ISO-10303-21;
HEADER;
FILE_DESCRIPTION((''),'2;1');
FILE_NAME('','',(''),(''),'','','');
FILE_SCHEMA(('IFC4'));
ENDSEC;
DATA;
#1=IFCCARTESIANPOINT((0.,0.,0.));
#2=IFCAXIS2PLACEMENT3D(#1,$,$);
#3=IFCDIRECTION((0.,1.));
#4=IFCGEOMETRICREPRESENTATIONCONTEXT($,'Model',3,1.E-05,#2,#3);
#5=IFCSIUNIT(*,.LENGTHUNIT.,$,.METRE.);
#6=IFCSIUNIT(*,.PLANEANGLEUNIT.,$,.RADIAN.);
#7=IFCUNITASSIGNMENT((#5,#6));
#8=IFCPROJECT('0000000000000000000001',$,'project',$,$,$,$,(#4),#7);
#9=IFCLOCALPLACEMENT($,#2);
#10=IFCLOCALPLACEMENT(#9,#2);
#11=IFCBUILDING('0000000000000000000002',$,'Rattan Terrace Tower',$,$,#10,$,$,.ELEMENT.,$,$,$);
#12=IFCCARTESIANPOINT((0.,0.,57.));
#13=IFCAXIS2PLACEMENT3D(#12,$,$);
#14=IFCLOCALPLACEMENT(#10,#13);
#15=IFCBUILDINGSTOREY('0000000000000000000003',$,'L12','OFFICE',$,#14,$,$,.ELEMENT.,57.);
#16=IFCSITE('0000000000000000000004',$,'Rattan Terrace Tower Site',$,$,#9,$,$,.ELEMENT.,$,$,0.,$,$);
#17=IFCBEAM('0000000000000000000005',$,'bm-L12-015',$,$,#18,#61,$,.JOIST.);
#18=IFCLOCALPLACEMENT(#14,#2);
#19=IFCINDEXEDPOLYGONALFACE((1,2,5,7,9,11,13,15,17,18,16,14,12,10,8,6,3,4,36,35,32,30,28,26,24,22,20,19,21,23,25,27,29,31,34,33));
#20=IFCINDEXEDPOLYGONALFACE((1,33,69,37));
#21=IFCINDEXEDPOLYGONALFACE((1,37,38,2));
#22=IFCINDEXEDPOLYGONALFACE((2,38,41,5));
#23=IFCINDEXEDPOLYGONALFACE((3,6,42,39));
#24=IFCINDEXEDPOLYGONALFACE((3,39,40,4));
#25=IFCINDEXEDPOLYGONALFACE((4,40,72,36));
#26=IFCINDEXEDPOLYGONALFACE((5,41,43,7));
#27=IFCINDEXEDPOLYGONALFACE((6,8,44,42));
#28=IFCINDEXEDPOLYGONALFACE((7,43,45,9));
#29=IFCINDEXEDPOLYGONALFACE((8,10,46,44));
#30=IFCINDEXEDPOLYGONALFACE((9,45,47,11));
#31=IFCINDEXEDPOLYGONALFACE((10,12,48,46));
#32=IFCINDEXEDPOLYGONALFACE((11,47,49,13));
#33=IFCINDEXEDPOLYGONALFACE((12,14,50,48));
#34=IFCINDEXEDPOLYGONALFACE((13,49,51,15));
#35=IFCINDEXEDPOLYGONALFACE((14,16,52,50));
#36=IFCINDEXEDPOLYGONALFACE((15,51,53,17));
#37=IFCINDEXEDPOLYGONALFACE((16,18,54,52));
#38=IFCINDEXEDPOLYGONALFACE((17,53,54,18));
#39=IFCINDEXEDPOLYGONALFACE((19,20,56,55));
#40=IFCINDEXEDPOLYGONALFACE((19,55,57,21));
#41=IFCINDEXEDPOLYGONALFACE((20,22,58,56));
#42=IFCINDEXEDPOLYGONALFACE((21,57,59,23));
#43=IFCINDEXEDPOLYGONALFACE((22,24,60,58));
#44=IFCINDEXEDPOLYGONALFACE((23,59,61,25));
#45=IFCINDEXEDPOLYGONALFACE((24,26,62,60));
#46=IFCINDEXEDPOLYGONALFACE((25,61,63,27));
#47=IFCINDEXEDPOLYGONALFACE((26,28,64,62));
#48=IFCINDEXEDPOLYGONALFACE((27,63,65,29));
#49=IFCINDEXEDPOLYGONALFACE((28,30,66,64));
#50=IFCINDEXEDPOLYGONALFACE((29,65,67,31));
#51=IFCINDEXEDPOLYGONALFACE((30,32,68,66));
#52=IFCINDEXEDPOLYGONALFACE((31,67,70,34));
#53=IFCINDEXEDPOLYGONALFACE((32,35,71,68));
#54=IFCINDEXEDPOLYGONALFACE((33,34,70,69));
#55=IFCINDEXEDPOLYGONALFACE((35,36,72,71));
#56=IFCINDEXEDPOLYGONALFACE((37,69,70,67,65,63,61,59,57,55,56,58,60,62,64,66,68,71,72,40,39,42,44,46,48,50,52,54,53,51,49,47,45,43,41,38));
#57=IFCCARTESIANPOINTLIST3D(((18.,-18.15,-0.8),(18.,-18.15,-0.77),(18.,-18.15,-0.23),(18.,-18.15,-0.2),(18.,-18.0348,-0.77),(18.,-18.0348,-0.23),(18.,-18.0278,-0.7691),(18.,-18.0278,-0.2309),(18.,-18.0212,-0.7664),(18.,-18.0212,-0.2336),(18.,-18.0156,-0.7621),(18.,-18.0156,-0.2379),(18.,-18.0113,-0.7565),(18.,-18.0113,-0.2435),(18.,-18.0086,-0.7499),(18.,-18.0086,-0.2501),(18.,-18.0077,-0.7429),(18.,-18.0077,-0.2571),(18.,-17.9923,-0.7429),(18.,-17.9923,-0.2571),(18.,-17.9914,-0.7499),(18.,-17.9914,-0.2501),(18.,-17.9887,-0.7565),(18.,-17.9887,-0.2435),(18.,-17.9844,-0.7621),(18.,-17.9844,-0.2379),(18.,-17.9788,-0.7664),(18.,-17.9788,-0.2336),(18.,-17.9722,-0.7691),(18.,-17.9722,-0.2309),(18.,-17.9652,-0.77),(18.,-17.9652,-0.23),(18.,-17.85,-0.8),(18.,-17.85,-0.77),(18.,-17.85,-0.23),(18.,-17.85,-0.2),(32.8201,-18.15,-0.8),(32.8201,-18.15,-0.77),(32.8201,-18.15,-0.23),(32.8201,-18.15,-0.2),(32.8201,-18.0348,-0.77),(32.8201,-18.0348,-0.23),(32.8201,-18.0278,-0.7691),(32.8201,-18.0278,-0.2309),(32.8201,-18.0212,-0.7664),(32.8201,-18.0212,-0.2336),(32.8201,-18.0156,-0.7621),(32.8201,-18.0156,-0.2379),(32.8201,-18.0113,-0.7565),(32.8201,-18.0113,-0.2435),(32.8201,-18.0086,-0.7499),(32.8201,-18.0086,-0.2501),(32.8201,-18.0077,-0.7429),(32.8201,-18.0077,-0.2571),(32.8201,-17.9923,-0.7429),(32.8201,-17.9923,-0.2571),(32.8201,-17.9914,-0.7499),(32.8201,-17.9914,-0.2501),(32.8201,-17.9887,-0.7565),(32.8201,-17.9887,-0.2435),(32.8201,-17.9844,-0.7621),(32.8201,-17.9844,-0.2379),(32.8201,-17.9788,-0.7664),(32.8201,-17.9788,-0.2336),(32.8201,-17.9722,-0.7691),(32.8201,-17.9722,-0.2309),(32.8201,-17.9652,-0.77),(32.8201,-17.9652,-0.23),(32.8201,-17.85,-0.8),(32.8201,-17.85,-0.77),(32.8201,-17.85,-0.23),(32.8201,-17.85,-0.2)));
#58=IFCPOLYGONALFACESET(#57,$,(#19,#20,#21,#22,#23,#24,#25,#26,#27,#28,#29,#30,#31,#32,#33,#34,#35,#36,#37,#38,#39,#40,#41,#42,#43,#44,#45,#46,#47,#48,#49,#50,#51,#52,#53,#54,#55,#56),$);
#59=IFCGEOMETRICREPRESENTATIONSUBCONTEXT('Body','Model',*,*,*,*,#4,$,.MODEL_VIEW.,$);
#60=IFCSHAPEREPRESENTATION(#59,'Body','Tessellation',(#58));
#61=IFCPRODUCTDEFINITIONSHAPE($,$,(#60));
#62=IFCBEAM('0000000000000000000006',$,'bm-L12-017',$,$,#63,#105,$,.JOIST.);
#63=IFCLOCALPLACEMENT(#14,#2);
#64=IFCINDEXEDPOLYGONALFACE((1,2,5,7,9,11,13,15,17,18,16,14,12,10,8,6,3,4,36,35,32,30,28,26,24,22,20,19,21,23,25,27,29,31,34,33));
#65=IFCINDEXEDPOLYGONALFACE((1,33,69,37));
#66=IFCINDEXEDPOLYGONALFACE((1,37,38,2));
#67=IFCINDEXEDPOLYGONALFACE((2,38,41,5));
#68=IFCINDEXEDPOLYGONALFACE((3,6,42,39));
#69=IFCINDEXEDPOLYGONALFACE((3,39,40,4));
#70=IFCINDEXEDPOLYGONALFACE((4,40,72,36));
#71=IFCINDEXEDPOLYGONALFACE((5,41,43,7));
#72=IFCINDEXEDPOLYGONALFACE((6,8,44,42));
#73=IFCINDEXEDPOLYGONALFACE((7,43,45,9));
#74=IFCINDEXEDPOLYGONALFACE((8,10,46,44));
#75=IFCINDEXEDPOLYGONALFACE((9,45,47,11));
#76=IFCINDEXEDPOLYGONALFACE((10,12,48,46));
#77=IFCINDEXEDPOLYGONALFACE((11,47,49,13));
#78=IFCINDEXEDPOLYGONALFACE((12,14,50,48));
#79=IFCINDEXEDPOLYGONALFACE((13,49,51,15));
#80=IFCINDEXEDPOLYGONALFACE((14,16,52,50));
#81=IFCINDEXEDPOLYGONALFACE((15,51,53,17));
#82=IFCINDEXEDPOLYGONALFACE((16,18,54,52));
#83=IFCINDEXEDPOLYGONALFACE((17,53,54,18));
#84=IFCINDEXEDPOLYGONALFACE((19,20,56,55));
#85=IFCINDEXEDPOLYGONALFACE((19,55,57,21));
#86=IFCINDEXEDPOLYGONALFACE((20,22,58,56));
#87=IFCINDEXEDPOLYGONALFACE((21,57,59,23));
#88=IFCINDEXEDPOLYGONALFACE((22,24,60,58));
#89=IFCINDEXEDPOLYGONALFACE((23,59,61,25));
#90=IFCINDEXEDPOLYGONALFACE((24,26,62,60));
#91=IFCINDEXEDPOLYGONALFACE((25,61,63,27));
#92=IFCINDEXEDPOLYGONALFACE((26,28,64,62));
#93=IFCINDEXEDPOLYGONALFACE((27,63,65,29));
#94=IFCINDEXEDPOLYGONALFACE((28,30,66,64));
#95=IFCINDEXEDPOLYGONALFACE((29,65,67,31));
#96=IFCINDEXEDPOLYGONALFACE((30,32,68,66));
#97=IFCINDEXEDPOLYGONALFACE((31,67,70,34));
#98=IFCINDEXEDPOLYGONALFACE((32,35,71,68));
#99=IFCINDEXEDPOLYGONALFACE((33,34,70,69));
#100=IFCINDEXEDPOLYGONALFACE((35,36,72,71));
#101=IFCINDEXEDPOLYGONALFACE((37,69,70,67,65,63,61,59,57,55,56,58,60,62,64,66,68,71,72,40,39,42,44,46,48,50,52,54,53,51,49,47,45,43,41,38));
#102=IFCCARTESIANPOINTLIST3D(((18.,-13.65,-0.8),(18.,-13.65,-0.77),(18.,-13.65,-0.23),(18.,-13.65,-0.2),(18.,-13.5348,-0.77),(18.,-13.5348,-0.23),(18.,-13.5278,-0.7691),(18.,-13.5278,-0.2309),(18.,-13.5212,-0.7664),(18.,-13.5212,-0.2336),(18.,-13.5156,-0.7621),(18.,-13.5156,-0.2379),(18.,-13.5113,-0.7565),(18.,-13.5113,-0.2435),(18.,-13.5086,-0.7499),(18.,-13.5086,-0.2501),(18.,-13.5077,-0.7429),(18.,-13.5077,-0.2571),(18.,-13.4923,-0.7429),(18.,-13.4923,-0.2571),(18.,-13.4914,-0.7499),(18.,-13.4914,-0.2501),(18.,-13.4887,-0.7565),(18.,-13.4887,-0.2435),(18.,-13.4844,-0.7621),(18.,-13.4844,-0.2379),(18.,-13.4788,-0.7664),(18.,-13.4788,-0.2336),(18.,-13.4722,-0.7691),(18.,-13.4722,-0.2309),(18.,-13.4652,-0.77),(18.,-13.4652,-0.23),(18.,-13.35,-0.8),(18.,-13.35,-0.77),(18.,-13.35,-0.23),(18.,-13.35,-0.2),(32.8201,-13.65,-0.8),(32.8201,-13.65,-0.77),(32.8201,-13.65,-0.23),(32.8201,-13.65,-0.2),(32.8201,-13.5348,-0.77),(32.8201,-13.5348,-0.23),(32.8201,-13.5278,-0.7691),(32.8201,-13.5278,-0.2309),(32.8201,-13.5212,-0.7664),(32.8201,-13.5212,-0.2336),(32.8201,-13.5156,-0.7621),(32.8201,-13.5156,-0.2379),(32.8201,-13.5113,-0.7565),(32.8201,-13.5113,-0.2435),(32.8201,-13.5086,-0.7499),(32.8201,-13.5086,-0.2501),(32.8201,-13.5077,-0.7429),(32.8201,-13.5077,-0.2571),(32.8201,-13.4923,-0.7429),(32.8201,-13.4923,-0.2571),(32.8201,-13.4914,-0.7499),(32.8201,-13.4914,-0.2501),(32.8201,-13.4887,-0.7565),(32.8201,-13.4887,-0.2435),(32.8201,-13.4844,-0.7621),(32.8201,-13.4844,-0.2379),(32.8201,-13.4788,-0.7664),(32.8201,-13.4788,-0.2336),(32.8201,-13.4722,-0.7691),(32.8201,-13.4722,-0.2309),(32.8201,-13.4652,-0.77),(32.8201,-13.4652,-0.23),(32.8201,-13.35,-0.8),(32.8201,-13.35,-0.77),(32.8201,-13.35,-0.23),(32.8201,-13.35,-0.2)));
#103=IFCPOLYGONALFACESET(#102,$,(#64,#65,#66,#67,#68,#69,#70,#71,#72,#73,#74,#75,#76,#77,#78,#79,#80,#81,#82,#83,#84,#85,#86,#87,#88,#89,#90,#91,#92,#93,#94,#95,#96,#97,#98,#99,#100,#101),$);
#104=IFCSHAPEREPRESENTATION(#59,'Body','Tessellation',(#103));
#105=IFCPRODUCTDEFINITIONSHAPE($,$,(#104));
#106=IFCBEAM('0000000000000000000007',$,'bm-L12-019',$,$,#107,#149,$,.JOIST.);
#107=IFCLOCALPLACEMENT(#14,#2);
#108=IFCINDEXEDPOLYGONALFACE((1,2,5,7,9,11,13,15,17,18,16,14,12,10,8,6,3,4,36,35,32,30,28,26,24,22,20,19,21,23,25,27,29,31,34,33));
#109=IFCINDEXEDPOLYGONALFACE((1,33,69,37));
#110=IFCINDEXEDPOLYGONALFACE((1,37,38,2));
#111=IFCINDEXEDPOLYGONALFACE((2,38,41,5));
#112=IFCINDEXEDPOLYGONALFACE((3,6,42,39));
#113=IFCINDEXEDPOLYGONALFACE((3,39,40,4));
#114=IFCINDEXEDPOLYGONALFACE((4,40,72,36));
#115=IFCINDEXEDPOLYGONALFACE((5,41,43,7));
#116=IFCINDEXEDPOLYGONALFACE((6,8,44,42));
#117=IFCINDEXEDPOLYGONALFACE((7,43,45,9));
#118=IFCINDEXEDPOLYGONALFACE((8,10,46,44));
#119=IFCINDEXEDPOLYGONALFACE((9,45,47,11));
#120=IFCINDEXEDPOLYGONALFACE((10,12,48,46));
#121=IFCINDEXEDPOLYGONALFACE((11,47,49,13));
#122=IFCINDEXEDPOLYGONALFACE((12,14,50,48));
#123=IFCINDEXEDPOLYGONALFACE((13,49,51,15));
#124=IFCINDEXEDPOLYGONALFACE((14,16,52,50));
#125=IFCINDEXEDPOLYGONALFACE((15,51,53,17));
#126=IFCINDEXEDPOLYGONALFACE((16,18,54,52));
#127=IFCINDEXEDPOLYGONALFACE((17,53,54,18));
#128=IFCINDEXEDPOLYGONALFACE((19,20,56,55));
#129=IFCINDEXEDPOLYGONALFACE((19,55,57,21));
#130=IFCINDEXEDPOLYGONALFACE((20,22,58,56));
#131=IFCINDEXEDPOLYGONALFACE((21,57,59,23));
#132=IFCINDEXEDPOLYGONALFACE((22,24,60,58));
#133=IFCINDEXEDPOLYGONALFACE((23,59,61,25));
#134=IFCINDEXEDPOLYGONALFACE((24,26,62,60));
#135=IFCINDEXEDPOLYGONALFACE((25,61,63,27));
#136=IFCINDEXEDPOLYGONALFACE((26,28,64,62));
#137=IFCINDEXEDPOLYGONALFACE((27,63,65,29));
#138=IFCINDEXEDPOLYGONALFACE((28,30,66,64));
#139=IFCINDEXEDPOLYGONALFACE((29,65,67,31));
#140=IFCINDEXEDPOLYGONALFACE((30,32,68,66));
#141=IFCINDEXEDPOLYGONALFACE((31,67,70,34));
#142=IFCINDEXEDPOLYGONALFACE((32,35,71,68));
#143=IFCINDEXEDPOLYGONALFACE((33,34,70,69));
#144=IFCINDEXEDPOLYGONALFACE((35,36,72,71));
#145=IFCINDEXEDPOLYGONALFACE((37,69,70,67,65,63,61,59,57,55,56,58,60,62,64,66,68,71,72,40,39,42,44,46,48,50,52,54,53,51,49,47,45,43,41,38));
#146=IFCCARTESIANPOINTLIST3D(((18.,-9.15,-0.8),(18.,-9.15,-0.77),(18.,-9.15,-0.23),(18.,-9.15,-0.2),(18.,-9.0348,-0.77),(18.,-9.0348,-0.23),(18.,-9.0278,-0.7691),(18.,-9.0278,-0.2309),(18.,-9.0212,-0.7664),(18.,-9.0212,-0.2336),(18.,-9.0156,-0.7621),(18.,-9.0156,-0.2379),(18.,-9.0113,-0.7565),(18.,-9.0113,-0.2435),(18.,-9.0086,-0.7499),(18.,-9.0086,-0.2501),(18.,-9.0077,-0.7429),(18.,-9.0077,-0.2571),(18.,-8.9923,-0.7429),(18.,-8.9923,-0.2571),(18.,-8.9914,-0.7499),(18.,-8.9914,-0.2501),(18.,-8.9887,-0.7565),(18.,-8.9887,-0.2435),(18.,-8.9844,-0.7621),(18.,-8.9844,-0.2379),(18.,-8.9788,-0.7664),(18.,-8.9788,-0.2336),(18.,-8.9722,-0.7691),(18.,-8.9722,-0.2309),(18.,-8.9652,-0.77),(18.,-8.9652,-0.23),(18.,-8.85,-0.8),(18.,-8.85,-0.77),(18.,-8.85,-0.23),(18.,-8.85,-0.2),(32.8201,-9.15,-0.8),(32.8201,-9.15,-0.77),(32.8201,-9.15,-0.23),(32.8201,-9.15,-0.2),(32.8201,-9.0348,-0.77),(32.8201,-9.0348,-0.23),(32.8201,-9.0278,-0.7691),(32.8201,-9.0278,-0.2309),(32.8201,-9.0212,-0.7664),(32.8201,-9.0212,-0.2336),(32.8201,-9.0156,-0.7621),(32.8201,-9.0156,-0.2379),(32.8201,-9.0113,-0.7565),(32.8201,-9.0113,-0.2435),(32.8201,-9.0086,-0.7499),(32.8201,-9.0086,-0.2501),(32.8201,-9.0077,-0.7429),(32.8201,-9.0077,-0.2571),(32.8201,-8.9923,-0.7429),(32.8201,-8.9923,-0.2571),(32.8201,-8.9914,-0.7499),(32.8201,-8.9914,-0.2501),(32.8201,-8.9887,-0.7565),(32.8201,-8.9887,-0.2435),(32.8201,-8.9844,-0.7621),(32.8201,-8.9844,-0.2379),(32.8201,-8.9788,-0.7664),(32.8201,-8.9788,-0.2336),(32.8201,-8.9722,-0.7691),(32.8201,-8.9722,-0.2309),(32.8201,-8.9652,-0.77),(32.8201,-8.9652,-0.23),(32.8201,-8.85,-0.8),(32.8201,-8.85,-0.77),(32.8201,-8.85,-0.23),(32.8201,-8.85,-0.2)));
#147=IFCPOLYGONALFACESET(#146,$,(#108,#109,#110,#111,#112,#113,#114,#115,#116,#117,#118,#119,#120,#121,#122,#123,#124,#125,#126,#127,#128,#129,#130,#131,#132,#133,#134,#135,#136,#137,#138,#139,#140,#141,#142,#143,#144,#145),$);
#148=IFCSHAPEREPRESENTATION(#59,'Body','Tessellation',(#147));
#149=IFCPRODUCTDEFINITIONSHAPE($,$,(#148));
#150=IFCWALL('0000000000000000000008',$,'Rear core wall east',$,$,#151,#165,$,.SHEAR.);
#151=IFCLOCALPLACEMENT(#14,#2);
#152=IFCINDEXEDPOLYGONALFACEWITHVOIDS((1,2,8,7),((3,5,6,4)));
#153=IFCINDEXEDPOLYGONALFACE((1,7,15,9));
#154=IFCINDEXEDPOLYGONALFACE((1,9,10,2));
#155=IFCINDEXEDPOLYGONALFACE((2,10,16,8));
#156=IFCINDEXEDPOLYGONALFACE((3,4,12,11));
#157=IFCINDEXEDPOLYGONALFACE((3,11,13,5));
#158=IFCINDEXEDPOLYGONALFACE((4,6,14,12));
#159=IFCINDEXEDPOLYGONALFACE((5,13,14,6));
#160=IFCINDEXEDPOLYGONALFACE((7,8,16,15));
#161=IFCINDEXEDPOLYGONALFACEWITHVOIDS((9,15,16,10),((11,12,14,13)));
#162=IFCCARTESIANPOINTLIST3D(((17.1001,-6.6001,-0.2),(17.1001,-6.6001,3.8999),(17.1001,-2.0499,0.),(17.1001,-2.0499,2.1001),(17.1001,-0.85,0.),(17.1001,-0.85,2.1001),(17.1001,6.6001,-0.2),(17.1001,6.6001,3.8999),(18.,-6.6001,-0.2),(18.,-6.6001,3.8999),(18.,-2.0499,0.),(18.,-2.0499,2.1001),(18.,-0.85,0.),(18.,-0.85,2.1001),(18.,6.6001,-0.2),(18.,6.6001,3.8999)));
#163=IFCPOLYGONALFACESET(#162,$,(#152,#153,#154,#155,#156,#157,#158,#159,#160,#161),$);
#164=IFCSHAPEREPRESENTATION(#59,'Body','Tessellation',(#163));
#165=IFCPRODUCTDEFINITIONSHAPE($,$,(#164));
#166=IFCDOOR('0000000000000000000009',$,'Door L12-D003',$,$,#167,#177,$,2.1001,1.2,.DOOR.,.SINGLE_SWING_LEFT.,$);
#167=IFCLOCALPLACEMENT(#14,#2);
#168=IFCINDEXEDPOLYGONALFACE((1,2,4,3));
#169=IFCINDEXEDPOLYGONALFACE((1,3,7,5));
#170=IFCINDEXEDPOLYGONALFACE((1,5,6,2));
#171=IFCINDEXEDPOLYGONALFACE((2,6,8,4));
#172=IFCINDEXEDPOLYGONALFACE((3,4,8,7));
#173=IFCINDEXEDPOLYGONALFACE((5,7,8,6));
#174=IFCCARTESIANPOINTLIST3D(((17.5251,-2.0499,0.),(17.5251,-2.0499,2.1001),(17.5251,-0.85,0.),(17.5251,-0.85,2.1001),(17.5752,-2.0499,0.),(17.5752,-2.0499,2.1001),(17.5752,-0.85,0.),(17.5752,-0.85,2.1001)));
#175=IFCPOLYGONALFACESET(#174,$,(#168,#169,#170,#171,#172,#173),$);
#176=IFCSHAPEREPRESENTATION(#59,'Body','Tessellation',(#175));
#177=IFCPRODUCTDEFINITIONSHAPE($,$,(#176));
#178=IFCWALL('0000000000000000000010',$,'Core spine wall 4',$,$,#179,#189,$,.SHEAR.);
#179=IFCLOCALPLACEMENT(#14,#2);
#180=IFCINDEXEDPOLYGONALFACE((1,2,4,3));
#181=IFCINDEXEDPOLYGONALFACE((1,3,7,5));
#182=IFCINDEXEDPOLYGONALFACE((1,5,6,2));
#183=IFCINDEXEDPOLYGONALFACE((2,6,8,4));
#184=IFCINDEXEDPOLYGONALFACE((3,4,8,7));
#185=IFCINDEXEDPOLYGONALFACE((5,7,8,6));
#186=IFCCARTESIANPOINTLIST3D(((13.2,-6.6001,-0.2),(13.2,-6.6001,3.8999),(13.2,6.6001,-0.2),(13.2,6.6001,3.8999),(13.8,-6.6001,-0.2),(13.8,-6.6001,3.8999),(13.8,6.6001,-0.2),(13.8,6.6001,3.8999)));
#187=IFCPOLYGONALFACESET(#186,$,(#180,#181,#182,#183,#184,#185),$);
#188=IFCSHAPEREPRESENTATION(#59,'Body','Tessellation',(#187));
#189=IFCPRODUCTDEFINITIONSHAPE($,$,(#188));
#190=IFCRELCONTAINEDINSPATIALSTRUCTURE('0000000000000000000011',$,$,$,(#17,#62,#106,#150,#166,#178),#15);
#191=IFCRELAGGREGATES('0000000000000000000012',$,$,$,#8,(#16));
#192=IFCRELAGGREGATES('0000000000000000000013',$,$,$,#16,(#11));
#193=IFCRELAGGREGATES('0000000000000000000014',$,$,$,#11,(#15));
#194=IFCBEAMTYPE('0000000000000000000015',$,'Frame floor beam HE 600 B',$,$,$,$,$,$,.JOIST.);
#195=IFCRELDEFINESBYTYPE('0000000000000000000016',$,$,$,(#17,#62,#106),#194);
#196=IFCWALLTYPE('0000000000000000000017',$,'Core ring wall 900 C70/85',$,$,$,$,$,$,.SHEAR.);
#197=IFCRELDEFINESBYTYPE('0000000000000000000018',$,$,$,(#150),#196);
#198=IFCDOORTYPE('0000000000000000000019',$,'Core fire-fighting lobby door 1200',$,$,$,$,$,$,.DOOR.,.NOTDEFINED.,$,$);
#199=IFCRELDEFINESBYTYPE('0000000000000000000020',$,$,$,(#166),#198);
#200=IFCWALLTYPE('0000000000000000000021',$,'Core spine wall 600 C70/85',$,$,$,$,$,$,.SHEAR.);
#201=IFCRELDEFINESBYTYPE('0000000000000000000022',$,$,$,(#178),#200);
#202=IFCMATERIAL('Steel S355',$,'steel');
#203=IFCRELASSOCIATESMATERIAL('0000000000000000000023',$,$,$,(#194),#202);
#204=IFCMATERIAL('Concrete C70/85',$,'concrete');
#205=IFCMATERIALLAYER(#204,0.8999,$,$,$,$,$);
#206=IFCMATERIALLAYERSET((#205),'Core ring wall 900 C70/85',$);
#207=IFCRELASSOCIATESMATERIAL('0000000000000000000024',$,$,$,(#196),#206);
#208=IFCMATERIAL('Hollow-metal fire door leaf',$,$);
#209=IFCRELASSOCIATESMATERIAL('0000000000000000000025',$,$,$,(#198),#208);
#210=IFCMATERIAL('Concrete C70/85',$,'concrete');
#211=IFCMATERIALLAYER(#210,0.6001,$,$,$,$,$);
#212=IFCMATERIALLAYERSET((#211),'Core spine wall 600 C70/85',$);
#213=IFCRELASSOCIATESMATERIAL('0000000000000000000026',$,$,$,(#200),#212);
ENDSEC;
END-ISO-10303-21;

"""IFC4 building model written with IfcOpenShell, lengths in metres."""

from ifc_helpers import new_model, si_unit, direction, frame, frame_2d, origin, origin_2d, place, context, subcontext, project, spatial, rectangle, i_section, extrude, material, layer, layer_set, material_profile, profile_set, type_object, element, fill, save


model = new_model("IFC4")

# Units and contexts
model_context = context("Model", 3, precision=1e-05, world=origin(), true_north=direction((0.0, 1.0)))
body_context = subcontext(model_context, "Body", "Model", "MODEL_VIEW")
ifc_project = project(units=[si_unit("LENGTHUNIT", "METRE"), si_unit("PLANEANGLEUNIT", "RADIAN")], contexts=[model_context])

# Site, building, storey
site_placement = place(None, origin())
site = spatial("IfcSite", under=ifc_project, at=site_placement, Name="Rattan Terrace Tower Site", CompositionType="ELEMENT", RefElevation=0.0)
building_placement = place(site_placement, origin())
building = spatial("IfcBuilding", under=site, at=building_placement, Name="Rattan Terrace Tower", CompositionType="ELEMENT")
storey_placement = place(building_placement, frame((0.0, 0.0, 57.0)))
storey = spatial("IfcBuildingStorey", under=building, at=storey_placement, Name="L12", Description="OFFICE", CompositionType="ELEMENT", Elevation=57.0)

# Beams
ifc_material_1 = material(Name="Steel S355", Category="steel")
ifc_material_profile = material_profile(ifc_material_1, i_section(OverallWidth=0.3, OverallDepth=0.6001, WebThickness=0.0154, FlangeThickness=0.03, FilletRadius=0.0271, at=origin_2d()), Name="HE 600 B")
ifc_profile_set = profile_set([ifc_material_profile], Name="Steel S355")
beam_type = type_object("IfcBeamType", Name="Frame floor beam HE 600 B", PredefinedType="JOIST", material=ifc_profile_set)
for number, where, z_axis, x_axis, name in (
    (1, (18.0, -18.0, -0.5), (1.0, 0.0, 0.0), (0.0, 1.0, 0.0), "bm-L12-015"),
    (2, (18.0, -13.5, -0.5), (1.0, 0.0, 0.0), (0.0, 1.0, 0.0), "bm-L12-017"),
    (3, (18.0, -9.0, -0.5), (1.0, 0.0, 0.0), (0.0, 1.0, 0.0), "bm-L12-019"),
):
    element("IfcBeam", number, at=place(storey_placement, frame(where, z_axis=z_axis, x_axis=x_axis)), inside=storey, type_object=beam_type, Name=name, PredefinedType="JOIST", context=body_context, shape_type="SweptSolid", body=[
        extrude(i_section(OverallWidth=0.3, OverallDepth=0.6001, WebThickness=0.0154, FlangeThickness=0.03, FilletRadius=0.0271, at=origin_2d()), origin(), (0.0, 0.0, 1.0), 14.8201),
    ])

# Wall, opening, door
ifc_material_2 = material(Name="Concrete C70/85", Category="concrete")
ifc_layer_1 = layer(ifc_material_2, 0.8999)
ifc_layer_set_1 = layer_set([ifc_layer_1], Name="Core ring wall 900 C70/85")
wall_type_1 = type_object("IfcWallType", Name="Core ring wall 900 C70/85", PredefinedType="SHEAR", material=ifc_layer_set_1)
wall_1_placement = place(storey_placement, frame((17.55, -6.6001, -0.2), z_axis=(0.0, 0.0, 1.0), x_axis=(0.0, 1.0, 0.0)))
wall_1 = element("IfcWall", 4, at=wall_1_placement, inside=storey, type_object=wall_type_1, Name="Rear core wall east", PredefinedType="SHEAR", context=body_context, shape_type="SweptSolid", body=[
    extrude(rectangle(XDim=13.2002, YDim=0.8999, at=frame_2d((6.6001, 0.0))), origin(), (0.0, 0.0, 1.0), 4.0999),
])
opening_1_placement = place(wall_1_placement, frame((4.55, 0.0, 0.2)))
opening_1 = element("IfcOpeningElement", 5, at=opening_1_placement, cuts=wall_1, PredefinedType="OPENING", context=body_context, shape_type="SweptSolid", body=[
    extrude(rectangle(XDim=1.2, YDim=2.1001, at=frame_2d((0.6001, 1.05))), frame((0.0, 0.4604, 0.0), z_axis=(0.0, -1.0, 0.0), x_axis=(1.0, 0.0, 0.0)), (0.0, 0.0, 1.0), 0.9209),
])
ifc_material_3 = material(Name="Hollow-metal fire door leaf")
door_type_1 = type_object("IfcDoorType", Name="Core fire-fighting lobby door 1200", OperationType="NOTDEFINED", PredefinedType="DOOR", material=ifc_material_3)
door_1_placement = place(opening_1_placement, origin())
door_1 = element("IfcDoor", 6, at=door_1_placement, inside=storey, type_object=door_type_1, Name="Door L12-D003", OperationType="SINGLE_SWING_LEFT", OverallHeight=2.1001, OverallWidth=1.2, PredefinedType="DOOR", context=body_context, shape_type="SweptSolid", body=[
    extrude(rectangle(XDim=1.2, YDim=2.1001, at=frame_2d((0.6001, 1.05))), frame((0.0, 0.0249, 0.0), z_axis=(0.0, -1.0, 0.0), x_axis=(1.0, 0.0, 0.0)), (0.0, 0.0, 1.0), 0.05),
])
fill(opening_1, door_1)

# Wall
ifc_material_4 = material(Name="Concrete C70/85", Category="concrete")
ifc_layer_2 = layer(ifc_material_4, 0.6001)
ifc_layer_set_2 = layer_set([ifc_layer_2], Name="Core spine wall 600 C70/85")
wall_type_2 = type_object("IfcWallType", Name="Core spine wall 600 C70/85", PredefinedType="SHEAR", material=ifc_layer_set_2)
wall_2_placement = place(storey_placement, frame((13.5, -6.6001, -0.2), z_axis=(0.0, 0.0, 1.0), x_axis=(0.0, 1.0, 0.0)))
element("IfcWall", 7, at=wall_2_placement, inside=storey, type_object=wall_type_2, Name="Core spine wall 4", PredefinedType="SHEAR", context=body_context, shape_type="SweptSolid", body=[
    extrude(rectangle(XDim=13.2002, YDim=0.6001, at=frame_2d((6.6001, 0.0))), origin(), (0.0, 0.0, 1.0), 4.0999),
])

save(model, "model.ifc")
